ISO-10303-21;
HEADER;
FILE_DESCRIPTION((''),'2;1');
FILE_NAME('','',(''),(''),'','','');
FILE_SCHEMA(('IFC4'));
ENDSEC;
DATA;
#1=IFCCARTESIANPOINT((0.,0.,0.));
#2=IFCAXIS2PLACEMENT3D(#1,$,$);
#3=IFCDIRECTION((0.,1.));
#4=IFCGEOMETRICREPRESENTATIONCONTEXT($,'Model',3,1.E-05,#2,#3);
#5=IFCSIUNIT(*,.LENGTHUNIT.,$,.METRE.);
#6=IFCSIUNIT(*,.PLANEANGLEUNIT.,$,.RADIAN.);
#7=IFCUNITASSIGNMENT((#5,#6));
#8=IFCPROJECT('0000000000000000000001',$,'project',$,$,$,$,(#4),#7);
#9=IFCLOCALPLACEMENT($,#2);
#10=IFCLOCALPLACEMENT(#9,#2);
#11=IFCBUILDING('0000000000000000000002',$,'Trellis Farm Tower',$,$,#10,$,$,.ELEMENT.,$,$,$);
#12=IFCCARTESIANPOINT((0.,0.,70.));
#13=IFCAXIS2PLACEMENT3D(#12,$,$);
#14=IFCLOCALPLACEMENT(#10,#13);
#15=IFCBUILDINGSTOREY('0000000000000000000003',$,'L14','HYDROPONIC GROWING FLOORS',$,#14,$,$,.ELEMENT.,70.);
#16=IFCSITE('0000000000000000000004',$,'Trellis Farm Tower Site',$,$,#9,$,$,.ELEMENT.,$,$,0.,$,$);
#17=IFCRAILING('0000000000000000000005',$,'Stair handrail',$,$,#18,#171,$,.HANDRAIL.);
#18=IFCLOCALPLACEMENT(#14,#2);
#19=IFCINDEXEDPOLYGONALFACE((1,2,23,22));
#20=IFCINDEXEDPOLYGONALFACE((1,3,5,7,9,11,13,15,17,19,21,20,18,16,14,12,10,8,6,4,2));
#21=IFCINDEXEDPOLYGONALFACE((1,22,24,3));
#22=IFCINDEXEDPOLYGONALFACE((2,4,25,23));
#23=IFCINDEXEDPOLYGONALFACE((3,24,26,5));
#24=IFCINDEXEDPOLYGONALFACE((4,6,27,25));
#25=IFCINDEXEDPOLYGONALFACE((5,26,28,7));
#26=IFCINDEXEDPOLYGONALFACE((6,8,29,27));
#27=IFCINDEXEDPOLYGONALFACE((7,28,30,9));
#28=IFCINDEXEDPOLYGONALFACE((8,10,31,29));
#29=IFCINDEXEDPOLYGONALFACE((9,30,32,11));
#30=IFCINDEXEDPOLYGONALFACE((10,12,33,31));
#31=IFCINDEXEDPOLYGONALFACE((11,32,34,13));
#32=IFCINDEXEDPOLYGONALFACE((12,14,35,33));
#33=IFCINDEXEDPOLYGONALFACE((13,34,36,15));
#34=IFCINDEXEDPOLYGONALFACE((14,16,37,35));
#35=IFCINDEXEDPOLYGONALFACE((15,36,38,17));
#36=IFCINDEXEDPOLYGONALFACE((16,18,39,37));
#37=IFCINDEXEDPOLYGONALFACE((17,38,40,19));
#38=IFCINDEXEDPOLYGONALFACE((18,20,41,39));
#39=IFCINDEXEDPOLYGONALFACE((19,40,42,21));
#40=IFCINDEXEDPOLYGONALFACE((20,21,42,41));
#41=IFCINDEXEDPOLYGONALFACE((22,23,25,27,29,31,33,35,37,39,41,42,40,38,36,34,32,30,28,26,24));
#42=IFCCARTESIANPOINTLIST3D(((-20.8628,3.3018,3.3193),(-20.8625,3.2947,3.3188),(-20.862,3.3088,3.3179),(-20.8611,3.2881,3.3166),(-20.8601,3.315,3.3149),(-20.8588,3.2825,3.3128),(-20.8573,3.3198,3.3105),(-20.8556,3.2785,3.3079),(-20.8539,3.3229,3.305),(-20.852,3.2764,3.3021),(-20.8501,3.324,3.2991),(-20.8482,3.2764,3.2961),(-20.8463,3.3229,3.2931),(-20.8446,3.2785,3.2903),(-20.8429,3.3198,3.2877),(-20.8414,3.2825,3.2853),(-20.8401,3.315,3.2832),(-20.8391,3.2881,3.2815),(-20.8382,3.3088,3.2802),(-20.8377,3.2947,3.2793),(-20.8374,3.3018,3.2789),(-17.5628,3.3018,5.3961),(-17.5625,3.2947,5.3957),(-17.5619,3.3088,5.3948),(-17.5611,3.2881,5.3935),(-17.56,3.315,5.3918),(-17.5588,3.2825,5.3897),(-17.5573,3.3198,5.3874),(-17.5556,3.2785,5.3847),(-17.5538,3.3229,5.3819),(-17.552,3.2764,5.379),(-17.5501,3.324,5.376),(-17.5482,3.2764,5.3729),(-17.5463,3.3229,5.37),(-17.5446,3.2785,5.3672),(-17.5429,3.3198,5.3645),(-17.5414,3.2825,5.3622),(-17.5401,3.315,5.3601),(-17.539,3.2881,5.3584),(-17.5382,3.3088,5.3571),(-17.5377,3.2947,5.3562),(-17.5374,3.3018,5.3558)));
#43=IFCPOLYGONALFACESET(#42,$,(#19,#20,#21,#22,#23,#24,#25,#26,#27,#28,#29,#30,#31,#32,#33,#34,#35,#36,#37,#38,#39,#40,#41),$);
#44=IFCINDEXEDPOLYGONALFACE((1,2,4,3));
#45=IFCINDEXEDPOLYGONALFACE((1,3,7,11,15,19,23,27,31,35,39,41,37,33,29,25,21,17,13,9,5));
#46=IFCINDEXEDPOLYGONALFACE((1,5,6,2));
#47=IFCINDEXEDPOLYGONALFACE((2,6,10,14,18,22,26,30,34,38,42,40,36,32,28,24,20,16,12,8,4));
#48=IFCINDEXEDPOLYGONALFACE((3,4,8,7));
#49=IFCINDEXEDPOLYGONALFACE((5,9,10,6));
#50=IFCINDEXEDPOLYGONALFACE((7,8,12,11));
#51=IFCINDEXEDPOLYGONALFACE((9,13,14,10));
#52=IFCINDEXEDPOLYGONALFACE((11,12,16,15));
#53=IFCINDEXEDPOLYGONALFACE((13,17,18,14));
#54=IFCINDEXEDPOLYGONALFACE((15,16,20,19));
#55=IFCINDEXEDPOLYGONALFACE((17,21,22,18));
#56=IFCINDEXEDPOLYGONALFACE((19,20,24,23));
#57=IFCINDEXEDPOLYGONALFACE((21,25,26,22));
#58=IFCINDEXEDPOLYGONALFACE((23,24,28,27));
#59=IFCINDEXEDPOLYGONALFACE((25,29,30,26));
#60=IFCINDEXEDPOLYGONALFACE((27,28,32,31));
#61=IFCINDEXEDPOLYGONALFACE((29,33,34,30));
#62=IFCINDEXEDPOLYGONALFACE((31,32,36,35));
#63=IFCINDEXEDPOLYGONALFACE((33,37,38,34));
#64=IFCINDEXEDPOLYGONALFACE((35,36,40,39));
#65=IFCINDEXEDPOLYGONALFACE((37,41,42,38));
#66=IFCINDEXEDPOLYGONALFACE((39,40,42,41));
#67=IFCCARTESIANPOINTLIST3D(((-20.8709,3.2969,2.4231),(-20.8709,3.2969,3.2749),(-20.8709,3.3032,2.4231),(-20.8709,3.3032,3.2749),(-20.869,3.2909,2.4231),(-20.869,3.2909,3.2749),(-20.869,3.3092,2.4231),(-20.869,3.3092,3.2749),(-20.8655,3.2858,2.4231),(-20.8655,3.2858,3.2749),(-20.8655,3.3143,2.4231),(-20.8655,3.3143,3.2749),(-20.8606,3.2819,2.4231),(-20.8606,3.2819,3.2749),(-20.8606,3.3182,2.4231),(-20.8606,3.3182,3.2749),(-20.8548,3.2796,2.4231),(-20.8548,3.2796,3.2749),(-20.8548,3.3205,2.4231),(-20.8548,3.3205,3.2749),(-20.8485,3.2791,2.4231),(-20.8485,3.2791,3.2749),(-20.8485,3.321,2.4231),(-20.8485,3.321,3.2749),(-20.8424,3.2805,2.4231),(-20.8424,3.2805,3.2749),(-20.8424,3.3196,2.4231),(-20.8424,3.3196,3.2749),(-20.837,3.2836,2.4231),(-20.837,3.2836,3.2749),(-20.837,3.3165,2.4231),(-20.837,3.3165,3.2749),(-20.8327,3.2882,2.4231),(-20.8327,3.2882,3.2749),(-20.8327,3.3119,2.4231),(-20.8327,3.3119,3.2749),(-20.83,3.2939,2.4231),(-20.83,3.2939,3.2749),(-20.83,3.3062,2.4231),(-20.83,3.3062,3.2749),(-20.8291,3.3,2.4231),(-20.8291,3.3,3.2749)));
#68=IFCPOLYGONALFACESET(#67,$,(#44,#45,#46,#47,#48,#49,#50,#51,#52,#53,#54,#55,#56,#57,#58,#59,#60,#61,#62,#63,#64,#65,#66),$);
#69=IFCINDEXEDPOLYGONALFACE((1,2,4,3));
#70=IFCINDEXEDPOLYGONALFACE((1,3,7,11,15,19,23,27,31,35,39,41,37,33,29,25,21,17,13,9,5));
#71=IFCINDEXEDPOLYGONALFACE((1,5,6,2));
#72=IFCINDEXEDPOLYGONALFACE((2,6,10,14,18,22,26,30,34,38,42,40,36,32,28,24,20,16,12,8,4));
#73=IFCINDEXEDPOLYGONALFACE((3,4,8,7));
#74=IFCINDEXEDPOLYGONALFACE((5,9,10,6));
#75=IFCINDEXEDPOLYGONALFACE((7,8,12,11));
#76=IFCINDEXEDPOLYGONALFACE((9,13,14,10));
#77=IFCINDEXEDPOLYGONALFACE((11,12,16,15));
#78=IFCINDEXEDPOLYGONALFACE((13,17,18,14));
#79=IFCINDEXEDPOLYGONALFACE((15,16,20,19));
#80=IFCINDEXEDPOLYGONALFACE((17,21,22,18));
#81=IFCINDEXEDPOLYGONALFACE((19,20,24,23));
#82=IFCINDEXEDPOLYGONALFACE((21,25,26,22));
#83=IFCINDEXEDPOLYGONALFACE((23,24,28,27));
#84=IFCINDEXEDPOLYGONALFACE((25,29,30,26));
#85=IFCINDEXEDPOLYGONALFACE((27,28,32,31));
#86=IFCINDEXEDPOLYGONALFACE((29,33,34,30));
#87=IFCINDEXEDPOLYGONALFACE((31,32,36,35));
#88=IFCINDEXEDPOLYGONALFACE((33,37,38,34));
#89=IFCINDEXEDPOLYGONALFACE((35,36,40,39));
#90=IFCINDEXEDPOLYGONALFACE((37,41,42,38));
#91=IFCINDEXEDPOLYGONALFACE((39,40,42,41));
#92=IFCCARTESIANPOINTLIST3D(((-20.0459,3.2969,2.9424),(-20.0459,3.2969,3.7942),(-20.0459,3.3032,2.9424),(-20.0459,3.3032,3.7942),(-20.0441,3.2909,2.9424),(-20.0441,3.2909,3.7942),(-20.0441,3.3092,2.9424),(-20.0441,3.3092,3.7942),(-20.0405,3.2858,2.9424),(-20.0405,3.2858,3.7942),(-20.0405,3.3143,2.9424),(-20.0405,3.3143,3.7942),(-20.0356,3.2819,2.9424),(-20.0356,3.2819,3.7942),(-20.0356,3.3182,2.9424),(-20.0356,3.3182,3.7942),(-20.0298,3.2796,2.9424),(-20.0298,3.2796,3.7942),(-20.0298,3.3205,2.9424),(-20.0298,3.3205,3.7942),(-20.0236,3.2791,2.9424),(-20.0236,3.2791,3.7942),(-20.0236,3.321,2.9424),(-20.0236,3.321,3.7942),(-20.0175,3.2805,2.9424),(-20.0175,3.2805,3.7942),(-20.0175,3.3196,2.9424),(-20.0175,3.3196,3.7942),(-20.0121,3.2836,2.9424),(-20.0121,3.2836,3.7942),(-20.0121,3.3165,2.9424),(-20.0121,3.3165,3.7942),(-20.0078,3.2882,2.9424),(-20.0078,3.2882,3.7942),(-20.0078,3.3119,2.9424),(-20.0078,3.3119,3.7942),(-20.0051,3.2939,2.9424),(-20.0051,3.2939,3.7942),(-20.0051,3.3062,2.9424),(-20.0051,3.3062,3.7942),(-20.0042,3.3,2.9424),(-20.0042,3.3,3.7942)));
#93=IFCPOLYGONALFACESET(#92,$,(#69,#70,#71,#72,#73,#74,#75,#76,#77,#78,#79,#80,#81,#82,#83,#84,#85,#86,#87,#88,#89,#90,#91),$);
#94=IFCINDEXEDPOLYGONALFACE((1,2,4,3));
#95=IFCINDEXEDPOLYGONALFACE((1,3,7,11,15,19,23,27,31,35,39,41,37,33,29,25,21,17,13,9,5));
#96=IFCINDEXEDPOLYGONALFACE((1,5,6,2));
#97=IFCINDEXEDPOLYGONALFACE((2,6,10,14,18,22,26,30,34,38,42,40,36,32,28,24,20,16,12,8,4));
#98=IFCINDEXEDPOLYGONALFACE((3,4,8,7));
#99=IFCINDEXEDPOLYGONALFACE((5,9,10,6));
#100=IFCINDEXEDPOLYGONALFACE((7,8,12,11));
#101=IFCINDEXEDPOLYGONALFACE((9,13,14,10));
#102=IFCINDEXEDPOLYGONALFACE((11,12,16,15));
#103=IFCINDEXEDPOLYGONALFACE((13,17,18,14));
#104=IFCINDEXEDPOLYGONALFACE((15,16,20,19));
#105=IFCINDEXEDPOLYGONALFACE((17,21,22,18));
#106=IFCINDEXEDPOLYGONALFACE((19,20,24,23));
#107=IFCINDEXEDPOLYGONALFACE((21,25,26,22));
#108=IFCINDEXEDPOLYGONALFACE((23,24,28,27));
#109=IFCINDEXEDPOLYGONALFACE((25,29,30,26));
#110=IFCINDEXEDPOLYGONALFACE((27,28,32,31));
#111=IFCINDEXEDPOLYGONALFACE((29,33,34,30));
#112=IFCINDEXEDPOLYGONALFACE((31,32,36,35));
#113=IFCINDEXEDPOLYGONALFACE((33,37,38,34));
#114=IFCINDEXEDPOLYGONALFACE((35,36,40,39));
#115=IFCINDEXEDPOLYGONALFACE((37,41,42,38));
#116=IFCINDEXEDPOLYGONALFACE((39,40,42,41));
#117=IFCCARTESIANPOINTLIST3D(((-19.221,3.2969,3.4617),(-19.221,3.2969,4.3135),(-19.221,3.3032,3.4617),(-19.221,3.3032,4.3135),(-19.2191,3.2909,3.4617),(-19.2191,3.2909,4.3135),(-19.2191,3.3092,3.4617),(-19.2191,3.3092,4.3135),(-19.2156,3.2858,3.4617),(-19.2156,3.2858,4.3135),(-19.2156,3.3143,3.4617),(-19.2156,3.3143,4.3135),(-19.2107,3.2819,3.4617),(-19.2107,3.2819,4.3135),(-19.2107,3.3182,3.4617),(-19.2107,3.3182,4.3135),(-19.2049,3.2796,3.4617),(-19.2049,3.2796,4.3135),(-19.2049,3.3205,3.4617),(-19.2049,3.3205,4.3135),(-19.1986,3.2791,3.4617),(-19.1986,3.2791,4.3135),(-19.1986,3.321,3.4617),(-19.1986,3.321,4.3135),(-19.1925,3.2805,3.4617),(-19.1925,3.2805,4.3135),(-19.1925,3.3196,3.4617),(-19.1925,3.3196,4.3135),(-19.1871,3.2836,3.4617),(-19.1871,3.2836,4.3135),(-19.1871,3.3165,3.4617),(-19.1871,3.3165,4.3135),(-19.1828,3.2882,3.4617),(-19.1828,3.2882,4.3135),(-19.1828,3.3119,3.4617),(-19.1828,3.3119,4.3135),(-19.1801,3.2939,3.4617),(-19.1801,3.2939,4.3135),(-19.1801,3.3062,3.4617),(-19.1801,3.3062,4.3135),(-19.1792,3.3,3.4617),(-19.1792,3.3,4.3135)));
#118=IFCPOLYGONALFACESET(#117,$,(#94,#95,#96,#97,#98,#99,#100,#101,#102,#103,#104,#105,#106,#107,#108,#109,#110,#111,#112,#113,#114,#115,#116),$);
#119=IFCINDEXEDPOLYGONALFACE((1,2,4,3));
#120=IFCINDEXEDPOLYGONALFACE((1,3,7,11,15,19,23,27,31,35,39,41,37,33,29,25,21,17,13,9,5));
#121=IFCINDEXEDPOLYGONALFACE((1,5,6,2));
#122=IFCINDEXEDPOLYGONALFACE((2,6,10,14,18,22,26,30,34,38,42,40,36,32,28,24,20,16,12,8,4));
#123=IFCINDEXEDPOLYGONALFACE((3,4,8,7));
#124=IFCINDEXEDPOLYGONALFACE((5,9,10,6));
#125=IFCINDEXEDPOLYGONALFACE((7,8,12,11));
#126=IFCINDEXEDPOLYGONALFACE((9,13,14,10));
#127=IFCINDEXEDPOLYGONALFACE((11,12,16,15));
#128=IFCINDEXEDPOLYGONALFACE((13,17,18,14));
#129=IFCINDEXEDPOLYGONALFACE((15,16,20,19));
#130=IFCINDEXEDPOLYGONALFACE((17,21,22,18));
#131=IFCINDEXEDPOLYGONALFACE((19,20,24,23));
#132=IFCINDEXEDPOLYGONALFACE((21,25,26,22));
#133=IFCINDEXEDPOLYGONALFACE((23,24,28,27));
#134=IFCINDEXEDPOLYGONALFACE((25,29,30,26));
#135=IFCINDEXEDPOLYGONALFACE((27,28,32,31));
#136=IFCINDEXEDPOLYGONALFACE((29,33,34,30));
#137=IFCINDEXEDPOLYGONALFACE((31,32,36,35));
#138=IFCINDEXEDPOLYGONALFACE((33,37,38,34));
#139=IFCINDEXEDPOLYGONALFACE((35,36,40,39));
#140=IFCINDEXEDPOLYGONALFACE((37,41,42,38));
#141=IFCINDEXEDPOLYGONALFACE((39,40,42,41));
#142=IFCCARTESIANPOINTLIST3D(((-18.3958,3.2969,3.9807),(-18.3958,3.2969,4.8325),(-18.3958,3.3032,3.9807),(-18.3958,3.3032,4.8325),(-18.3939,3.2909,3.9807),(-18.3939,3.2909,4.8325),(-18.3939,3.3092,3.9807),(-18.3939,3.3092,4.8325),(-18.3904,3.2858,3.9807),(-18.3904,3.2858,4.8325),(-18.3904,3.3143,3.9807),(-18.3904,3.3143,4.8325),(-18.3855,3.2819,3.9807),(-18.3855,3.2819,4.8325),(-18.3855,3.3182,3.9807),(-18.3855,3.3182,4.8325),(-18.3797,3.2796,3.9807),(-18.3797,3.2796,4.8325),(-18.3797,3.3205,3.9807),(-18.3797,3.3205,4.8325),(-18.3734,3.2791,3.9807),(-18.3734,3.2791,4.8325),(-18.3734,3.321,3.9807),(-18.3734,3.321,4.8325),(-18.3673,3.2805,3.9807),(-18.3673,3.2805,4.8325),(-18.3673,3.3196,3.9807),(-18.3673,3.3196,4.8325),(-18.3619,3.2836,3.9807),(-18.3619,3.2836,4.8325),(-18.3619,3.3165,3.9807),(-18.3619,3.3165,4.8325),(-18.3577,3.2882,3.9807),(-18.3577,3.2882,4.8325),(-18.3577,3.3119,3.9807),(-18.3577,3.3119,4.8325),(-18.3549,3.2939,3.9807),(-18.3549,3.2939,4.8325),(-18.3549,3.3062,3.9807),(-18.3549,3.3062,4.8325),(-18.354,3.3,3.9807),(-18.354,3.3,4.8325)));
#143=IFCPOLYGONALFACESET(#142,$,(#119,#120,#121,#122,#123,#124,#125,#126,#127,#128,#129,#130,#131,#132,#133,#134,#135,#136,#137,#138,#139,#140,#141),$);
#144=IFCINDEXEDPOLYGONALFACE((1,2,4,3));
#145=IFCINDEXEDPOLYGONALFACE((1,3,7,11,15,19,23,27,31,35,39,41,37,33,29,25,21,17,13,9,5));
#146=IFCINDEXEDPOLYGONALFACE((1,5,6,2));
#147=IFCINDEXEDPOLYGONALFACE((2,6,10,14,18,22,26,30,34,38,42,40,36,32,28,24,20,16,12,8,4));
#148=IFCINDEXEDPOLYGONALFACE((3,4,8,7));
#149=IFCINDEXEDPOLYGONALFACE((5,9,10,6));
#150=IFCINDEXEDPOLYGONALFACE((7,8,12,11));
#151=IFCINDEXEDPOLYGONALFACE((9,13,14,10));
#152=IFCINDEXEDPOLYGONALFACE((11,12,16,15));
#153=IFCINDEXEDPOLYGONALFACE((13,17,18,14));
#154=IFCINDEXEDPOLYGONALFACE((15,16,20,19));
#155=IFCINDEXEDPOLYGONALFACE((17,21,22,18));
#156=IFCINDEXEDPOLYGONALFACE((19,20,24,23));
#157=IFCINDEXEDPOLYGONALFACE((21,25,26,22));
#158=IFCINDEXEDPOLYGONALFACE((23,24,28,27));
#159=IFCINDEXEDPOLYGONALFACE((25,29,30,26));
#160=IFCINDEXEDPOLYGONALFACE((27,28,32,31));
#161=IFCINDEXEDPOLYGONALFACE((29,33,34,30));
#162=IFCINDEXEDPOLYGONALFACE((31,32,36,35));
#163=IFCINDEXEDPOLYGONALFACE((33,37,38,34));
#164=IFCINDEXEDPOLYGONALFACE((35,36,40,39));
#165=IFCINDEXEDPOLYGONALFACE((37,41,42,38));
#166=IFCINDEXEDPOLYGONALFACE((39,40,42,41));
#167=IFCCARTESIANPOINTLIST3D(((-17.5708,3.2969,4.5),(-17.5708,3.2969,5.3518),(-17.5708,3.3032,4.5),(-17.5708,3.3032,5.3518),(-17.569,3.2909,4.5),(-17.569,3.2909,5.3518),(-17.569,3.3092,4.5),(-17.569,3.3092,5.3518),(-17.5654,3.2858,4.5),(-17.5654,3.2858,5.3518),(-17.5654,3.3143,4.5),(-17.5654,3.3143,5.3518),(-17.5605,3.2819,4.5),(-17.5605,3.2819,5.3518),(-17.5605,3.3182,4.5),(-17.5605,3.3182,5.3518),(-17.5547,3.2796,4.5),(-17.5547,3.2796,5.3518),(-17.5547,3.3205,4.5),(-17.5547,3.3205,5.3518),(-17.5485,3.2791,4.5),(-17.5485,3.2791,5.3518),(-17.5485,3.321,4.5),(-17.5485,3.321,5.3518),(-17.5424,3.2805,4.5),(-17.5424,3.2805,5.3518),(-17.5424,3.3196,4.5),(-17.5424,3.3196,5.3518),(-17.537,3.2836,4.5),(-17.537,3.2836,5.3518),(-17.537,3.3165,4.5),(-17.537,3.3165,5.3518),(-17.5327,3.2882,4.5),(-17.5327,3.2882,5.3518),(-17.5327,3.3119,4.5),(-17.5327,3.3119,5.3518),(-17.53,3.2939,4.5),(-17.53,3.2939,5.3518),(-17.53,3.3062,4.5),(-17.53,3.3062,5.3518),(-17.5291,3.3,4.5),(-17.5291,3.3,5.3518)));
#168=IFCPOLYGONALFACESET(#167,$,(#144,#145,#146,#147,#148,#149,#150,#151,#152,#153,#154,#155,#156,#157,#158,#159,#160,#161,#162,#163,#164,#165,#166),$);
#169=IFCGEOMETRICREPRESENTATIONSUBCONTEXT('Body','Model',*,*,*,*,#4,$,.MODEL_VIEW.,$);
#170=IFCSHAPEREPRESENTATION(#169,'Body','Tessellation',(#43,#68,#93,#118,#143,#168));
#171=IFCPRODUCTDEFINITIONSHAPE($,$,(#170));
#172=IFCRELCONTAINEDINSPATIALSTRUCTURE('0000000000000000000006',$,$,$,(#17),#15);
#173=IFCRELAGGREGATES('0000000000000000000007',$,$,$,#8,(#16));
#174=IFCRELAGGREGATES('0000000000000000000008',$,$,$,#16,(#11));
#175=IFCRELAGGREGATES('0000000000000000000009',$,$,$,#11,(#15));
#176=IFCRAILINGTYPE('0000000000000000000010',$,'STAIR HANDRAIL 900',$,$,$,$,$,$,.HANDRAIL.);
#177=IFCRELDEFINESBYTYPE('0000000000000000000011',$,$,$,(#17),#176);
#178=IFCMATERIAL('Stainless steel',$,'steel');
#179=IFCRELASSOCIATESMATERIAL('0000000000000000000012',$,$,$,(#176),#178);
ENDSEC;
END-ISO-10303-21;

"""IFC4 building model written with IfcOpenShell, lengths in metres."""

from ifc_helpers import new_model, si_unit, direction, frame, origin, origin_2d, place, context, subcontext, project, spatial, circle, extrude, source, transform, mapped, material, type_object, element, save


model = new_model("IFC4")

# Units and contexts
model_context = context("Model", 3, precision=1e-05, world=origin(), true_north=direction((0.0, 1.0)))
body_context = subcontext(model_context, "Body", "Model", "MODEL_VIEW")
ifc_project = project(units=[si_unit("LENGTHUNIT", "METRE"), si_unit("PLANEANGLEUNIT", "RADIAN")], contexts=[model_context])

# Site, building, storey
site_placement = place(None, origin())
site = spatial("IfcSite", under=ifc_project, at=site_placement, Name="Trellis Farm Tower Site", CompositionType="ELEMENT", RefElevation=0.0)
building_placement = place(site_placement, origin())
building = spatial("IfcBuilding", under=site, at=building_placement, Name="Trellis Farm Tower", CompositionType="ELEMENT")
storey_placement = place(building_placement, frame((0.0, 0.0, 70.0)))
storey = spatial("IfcBuildingStorey", under=building, at=storey_placement, Name="L14", Description="HYDROPONIC GROWING FLOORS", CompositionType="ELEMENT", Elevation=70.0)

# Railing
ifc_material_1 = material(Name="Stainless steel", Category="steel")
railing_type = type_object("IfcRailingType", Name="STAIR HANDRAIL 900", PredefinedType="HANDRAIL", material=ifc_material_1)
shared_shape_1 = source(origin(), body_context, "Body", "SweptSolid", [
    extrude(circle(Radius=0.0239, at=origin_2d()), frame((0.0, 0.0, 0.876), z_axis=(0.846337, 0.0, 0.532647), x_axis=(0.0, 1.0, 0.0)), (0.0, 0.0, 1.0), 3.8992),
    extrude(circle(Radius=0.021, at=origin_2d()), origin(), (0.0, 0.0, 1.0), 0.8518),
    extrude(circle(Radius=0.021, at=origin_2d()), frame((0.825, 0.0, 0.5193)), (0.0, 0.0, 1.0), 0.8518),
    extrude(circle(Radius=0.021, at=origin_2d()), frame((1.6499, 0.0, 1.0386)), (0.0, 0.0, 1.0), 0.8518),
    extrude(circle(Radius=0.021, at=origin_2d()), frame((2.4751, 0.0, 1.5576)), (0.0, 0.0, 1.0), 0.8518),
    extrude(circle(Radius=0.021, at=origin_2d()), frame((3.3, 0.0, 2.0769)), (0.0, 0.0, 1.0), 0.8518),
])
for number, where, name in (
    (1, (-20.8501, 3.3, 2.4231), "Stair handrail"),
):
    element("IfcRailing", number, at=place(storey_placement, frame(where)), inside=storey, type_object=railing_type, Name=name, PredefinedType="HANDRAIL", context=body_context, shape_type="MappedRepresentation", body=[
        mapped(shared_shape_1, transform((0.0, 0.0, 0.0))),
    ])

save(model, "model.ifc")
